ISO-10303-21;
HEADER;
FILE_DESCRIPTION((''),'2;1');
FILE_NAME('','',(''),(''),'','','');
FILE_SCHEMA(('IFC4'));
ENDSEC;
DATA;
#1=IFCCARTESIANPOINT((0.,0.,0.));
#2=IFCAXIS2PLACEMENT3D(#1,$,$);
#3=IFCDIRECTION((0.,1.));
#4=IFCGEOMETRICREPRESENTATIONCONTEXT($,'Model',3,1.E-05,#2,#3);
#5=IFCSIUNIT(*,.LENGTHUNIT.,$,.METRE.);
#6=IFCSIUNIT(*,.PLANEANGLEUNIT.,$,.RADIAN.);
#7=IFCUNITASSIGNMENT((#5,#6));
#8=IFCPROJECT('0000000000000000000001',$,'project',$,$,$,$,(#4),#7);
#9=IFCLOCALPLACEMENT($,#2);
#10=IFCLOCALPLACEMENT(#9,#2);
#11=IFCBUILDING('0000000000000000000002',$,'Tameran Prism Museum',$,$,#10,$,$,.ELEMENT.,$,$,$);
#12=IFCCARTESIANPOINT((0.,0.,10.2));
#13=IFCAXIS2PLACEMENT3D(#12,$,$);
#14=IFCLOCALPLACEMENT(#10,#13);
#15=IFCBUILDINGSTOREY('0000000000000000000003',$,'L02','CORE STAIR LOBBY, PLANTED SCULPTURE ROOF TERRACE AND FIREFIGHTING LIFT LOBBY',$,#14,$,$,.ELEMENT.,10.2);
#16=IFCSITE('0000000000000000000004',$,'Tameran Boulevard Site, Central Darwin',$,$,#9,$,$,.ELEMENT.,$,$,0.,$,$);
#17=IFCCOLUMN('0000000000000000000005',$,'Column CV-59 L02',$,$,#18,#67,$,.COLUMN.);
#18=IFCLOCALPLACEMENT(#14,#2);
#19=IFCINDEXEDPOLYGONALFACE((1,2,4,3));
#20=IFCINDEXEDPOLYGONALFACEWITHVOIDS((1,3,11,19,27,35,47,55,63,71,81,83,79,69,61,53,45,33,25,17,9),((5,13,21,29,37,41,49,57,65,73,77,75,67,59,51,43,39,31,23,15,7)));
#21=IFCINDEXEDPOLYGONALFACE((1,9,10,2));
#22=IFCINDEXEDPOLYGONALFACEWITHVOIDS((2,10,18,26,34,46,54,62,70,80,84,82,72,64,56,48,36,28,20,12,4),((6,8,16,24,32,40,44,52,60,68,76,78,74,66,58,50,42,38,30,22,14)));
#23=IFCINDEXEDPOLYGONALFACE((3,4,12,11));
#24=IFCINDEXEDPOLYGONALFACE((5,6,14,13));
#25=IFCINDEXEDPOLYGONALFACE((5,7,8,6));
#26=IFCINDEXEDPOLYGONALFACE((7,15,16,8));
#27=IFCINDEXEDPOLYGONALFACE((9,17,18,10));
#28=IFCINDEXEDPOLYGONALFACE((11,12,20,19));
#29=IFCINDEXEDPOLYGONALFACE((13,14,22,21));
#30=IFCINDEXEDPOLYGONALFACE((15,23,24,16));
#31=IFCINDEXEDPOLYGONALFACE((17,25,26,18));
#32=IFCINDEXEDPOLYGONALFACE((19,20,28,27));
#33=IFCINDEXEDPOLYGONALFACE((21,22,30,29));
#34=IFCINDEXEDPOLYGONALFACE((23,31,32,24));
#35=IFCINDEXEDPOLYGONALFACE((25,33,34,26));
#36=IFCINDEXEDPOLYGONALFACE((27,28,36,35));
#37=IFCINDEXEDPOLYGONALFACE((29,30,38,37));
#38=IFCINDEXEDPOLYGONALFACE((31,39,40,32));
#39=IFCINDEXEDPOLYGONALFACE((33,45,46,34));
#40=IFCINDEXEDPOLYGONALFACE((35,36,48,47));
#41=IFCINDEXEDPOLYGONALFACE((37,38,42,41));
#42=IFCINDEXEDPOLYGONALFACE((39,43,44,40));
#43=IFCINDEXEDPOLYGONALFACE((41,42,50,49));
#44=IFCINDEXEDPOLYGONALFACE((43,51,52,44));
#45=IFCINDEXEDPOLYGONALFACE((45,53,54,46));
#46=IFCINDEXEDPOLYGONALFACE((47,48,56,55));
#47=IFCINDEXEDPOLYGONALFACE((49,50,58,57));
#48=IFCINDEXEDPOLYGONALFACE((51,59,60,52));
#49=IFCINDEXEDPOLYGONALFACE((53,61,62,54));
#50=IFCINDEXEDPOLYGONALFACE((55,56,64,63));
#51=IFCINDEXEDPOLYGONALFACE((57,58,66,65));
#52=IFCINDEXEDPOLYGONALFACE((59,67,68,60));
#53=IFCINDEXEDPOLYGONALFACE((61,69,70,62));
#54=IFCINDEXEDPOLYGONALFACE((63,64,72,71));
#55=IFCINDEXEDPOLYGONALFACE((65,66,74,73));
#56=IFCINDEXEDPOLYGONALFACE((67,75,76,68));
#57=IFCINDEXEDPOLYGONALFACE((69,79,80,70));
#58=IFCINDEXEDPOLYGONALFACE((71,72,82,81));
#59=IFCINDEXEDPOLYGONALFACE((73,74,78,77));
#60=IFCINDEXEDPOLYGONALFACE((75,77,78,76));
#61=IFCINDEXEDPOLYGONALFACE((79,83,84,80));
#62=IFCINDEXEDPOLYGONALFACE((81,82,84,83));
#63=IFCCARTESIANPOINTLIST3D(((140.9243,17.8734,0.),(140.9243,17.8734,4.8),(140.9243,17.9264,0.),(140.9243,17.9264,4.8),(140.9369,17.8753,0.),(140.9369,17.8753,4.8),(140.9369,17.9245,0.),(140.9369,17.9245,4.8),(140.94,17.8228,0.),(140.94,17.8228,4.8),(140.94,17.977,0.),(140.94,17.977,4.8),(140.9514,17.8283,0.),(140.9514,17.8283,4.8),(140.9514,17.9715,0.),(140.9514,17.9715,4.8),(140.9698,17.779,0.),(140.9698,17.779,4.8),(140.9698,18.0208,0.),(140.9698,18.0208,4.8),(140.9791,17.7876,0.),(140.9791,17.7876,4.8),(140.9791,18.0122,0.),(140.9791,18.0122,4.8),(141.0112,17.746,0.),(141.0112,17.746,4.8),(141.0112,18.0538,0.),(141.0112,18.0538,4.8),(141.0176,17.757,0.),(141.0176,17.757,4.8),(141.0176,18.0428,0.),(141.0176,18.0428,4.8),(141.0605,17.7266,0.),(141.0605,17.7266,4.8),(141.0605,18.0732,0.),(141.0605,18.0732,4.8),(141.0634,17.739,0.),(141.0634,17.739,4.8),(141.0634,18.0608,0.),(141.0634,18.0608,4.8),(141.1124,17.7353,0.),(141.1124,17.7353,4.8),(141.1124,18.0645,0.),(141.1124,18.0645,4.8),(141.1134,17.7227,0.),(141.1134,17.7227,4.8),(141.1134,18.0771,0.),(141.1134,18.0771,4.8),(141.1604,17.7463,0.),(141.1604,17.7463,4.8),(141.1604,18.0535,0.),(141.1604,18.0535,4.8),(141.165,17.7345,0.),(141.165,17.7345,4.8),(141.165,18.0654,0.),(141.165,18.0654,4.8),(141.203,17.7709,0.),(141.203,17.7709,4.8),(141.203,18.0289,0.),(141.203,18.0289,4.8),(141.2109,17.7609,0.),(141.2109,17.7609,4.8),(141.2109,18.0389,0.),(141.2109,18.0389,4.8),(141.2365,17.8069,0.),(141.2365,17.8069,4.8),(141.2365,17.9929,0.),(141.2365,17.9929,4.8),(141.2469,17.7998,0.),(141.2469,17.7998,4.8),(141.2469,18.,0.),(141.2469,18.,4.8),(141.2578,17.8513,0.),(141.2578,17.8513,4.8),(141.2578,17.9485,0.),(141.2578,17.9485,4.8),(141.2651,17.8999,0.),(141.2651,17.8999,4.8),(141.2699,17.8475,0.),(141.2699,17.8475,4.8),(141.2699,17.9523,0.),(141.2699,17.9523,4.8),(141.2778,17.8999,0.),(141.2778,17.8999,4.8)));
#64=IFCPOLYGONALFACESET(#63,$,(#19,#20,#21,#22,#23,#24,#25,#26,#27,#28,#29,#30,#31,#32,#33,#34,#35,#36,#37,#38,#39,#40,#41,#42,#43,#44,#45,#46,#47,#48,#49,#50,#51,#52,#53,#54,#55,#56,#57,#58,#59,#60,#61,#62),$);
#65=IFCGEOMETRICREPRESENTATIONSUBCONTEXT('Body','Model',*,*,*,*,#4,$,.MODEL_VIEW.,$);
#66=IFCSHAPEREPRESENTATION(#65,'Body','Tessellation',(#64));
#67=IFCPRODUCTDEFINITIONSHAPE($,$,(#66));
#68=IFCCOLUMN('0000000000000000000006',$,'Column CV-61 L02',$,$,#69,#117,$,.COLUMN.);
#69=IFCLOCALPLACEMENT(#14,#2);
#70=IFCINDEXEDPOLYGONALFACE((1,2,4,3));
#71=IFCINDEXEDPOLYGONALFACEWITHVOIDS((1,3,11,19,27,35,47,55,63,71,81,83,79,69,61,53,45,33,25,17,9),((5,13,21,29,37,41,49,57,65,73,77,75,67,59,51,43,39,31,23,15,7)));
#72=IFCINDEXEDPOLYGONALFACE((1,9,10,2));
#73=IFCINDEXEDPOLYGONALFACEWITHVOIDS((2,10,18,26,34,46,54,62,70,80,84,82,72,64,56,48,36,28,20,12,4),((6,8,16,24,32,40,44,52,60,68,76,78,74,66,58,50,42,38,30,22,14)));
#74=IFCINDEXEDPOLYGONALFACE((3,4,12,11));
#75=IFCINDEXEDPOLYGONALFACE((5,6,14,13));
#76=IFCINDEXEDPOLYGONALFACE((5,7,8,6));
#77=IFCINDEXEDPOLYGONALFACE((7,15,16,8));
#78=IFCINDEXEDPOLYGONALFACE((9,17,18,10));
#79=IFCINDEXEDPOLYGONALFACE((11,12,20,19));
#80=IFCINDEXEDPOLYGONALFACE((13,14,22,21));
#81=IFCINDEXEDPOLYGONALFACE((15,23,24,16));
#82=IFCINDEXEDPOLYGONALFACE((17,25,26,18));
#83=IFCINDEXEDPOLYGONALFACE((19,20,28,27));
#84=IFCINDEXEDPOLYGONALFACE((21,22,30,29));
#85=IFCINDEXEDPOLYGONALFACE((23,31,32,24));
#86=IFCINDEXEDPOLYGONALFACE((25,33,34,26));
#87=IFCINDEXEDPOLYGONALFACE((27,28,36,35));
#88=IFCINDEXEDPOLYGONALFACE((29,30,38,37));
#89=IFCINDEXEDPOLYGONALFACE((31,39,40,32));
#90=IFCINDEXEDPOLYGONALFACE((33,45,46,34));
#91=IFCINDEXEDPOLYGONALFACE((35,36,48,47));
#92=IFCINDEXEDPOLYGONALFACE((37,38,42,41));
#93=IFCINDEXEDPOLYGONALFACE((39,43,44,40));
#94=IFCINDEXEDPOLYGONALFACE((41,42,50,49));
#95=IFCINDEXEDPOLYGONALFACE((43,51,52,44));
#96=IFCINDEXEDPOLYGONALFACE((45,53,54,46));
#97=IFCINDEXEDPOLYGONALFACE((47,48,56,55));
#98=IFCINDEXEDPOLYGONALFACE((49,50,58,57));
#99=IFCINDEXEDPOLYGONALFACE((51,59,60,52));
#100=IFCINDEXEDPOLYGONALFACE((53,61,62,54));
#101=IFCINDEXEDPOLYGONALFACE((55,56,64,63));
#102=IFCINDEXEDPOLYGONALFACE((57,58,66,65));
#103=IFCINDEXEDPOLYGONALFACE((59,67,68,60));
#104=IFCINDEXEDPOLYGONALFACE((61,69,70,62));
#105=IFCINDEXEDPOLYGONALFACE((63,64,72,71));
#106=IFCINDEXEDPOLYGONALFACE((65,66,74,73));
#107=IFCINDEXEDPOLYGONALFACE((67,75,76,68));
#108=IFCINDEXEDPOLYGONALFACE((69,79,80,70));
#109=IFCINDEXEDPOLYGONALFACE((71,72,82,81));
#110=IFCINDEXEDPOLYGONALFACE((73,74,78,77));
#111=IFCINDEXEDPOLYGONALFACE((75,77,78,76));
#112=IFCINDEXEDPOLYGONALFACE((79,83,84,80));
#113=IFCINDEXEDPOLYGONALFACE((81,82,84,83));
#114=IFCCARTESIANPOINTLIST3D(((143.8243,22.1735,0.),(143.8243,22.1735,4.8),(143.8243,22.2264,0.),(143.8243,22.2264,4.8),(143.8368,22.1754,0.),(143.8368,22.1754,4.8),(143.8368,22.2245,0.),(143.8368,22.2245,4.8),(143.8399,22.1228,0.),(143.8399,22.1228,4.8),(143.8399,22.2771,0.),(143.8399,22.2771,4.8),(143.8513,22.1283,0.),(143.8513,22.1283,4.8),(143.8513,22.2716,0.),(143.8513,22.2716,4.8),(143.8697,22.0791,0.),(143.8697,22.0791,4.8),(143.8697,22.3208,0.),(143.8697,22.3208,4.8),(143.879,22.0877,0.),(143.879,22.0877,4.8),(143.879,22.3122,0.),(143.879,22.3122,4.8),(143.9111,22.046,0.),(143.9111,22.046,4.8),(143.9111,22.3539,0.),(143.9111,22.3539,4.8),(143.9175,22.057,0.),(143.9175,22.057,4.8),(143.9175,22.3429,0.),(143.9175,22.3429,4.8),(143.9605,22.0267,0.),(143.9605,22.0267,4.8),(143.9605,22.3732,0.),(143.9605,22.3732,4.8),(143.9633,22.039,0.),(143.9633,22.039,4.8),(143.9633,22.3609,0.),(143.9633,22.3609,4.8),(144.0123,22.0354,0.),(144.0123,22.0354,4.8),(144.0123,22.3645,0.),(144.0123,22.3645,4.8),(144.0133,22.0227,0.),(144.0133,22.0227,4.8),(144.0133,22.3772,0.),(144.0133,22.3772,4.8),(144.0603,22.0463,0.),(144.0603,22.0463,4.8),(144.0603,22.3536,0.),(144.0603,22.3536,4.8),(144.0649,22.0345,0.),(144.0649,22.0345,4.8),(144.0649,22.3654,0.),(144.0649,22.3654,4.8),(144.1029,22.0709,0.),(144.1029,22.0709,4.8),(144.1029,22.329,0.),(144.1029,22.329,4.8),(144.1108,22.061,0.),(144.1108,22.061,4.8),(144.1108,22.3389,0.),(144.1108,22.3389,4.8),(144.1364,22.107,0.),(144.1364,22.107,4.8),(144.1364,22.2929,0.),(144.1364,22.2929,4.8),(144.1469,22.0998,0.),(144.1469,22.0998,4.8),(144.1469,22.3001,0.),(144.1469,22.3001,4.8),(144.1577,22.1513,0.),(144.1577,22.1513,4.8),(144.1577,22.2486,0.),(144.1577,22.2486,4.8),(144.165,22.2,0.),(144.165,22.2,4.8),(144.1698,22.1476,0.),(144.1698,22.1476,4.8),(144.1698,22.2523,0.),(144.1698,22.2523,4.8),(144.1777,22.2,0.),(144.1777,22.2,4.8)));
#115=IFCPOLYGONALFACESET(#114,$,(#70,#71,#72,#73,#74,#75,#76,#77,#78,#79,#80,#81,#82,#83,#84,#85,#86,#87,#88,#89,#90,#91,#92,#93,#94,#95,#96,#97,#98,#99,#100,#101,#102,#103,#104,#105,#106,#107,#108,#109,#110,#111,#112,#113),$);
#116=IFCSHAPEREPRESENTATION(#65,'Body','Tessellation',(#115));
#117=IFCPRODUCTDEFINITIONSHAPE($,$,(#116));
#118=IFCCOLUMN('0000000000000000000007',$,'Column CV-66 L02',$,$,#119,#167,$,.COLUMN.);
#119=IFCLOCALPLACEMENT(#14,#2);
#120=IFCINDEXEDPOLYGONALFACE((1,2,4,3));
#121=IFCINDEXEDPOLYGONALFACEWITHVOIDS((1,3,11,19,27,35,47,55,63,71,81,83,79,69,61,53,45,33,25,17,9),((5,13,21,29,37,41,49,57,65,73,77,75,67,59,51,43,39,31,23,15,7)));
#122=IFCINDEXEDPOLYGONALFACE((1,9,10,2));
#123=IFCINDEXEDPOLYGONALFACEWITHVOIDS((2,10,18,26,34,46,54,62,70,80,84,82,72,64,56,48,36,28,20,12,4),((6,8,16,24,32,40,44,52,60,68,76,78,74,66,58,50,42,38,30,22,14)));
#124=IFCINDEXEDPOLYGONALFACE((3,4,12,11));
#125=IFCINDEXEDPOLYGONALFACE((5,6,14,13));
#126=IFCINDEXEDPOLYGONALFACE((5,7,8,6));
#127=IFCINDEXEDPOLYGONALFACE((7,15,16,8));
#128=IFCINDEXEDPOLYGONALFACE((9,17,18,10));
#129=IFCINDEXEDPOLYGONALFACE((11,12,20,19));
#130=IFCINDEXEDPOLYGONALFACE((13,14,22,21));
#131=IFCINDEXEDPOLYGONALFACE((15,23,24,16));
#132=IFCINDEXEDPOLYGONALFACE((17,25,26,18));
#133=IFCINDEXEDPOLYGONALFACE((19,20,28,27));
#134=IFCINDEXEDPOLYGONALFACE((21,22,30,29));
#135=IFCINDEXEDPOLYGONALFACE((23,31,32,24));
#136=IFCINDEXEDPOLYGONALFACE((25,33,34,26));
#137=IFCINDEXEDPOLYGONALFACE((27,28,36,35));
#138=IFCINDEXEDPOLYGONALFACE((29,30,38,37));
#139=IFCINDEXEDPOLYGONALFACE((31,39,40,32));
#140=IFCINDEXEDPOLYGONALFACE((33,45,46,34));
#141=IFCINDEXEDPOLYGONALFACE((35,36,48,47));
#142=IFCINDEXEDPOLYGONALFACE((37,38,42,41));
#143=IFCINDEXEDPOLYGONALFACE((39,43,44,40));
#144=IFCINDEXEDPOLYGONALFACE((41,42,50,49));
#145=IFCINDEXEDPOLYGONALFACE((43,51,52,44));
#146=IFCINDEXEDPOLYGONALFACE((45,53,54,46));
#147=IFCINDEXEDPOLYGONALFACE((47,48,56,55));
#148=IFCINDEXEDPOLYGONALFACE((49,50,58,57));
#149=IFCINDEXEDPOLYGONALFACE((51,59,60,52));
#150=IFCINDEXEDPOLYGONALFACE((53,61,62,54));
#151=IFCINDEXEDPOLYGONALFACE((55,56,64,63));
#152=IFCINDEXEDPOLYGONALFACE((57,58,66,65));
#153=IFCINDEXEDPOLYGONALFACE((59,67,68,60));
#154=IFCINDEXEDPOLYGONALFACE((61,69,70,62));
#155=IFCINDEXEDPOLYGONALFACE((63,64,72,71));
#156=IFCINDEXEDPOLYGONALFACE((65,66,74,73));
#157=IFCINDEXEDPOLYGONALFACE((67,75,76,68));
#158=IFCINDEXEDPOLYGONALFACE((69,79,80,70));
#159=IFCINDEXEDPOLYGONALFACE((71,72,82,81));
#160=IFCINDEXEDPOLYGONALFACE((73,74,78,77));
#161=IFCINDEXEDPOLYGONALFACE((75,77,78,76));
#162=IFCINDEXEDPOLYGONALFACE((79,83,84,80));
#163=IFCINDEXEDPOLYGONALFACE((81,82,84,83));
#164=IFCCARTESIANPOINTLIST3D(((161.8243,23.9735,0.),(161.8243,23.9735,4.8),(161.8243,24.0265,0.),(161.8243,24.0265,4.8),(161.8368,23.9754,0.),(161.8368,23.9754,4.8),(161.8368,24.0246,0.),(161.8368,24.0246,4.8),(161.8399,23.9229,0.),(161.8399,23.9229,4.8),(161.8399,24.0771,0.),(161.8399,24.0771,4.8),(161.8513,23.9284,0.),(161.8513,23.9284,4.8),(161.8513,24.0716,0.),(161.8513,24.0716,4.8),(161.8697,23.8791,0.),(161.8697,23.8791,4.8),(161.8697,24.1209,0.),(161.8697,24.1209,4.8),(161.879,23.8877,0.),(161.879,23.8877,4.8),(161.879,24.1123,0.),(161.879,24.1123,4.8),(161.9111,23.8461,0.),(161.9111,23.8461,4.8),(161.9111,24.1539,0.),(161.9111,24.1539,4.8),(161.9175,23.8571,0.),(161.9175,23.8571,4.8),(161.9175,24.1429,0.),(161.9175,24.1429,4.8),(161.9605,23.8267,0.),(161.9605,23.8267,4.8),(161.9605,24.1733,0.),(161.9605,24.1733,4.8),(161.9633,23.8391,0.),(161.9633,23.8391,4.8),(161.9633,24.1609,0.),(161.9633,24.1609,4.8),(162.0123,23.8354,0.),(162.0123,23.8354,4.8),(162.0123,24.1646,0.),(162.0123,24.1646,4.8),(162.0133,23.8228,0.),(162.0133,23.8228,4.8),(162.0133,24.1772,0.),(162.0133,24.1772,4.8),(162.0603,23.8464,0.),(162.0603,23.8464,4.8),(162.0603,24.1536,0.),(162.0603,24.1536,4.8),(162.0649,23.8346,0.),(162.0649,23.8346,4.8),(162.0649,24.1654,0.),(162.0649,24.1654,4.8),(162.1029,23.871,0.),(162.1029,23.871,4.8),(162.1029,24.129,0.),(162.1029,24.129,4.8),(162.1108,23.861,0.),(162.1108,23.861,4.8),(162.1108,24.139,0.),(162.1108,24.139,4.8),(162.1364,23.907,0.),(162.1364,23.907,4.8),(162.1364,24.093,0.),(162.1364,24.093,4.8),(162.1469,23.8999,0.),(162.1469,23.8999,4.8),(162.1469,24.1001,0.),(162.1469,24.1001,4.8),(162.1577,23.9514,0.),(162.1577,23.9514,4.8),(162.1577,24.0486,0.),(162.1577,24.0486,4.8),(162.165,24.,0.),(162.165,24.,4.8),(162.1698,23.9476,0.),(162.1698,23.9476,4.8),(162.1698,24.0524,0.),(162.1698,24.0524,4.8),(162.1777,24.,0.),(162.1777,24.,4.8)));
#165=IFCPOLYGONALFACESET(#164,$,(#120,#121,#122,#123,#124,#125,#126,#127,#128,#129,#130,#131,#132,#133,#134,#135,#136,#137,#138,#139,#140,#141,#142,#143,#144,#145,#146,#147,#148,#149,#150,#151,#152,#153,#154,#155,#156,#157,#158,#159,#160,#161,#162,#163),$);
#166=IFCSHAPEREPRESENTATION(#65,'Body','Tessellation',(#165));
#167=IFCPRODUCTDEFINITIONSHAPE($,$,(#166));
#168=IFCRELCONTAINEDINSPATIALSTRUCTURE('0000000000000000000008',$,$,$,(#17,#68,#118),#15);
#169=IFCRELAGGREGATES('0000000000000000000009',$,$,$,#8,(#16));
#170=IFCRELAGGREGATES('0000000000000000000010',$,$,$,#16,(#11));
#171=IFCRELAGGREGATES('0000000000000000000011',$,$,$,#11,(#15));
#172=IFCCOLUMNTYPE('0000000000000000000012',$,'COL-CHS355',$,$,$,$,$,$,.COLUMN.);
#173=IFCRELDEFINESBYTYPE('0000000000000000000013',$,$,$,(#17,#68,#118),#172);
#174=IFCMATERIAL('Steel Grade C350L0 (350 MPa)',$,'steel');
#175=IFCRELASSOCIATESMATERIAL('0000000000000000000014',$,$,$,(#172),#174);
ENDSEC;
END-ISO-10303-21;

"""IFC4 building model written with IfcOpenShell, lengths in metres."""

from ifc_helpers import new_model, si_unit, direction, frame, origin, origin_2d, place, context, subcontext, project, spatial, hollow_circle, extrude, material, material_profile, profile_set, type_object, element, save


model = new_model("IFC4")

# Units and contexts
model_context = context("Model", 3, precision=1e-05, world=origin(), true_north=direction((0.0, 1.0)))
body_context = subcontext(model_context, "Body", "Model", "MODEL_VIEW")
ifc_project = project(units=[si_unit("LENGTHUNIT", "METRE"), si_unit("PLANEANGLEUNIT", "RADIAN")], contexts=[model_context])

# Site, building, storey
site_placement = place(None, origin())
site = spatial("IfcSite", under=ifc_project, at=site_placement, Name="Tameran Boulevard Site, Central Darwin", CompositionType="ELEMENT", RefElevation=0.0)
building_placement = place(site_placement, origin())
building = spatial("IfcBuilding", under=site, at=building_placement, Name="Tameran Prism Museum", CompositionType="ELEMENT")
storey_placement = place(building_placement, frame((0.0, 0.0, 10.2)))
storey = spatial("IfcBuildingStorey", under=building, at=storey_placement, Name="L02", Description="CORE STAIR LOBBY, PLANTED SCULPTURE ROOF TERRACE AND FIREFIGHTING LIFT LOBBY", CompositionType="ELEMENT", Elevation=10.2)

# Columns
ifc_material_1 = material(Name="Steel Grade C350L0 (350 MPa)", Category="steel")
ifc_material_profile_1 = material_profile(ifc_material_1, hollow_circle(Radius=0.1777, WallThickness=0.0127, at=origin_2d()))
ifc_profile_set_1 = profile_set([ifc_material_profile_1])
column_type = type_object("IfcColumnType", Name="COL-CHS355", PredefinedType="COLUMN", material=ifc_profile_set_1)
for number, where, z_axis, x_axis, name in (
    (1, (141.1001, 17.8999, 0.0), (0.0, 0.0, 1.0), (1.0, 0.0, 0.0), "Column CV-59 L02"),
    (2, (144.0, 22.2, 0.0), (0.0, 0.0, 1.0), (1.0, 0.0, 0.0), "Column CV-61 L02"),
    (3, (162.0, 24.0, 0.0), (0.0, 0.0, 1.0), (1.0, 0.0, 0.0), "Column CV-66 L02"),
):
    element("IfcColumn", number, at=place(storey_placement, frame(where, z_axis=z_axis, x_axis=x_axis)), inside=storey, type_object=column_type, Name=name, PredefinedType="COLUMN", context=body_context, shape_type="SweptSolid", body=[
        extrude(hollow_circle(Radius=0.1777, WallThickness=0.0127, at=origin_2d()), origin(), (0.0, 0.0, 1.0), 4.8),
    ])

save(model, "model.ifc")
